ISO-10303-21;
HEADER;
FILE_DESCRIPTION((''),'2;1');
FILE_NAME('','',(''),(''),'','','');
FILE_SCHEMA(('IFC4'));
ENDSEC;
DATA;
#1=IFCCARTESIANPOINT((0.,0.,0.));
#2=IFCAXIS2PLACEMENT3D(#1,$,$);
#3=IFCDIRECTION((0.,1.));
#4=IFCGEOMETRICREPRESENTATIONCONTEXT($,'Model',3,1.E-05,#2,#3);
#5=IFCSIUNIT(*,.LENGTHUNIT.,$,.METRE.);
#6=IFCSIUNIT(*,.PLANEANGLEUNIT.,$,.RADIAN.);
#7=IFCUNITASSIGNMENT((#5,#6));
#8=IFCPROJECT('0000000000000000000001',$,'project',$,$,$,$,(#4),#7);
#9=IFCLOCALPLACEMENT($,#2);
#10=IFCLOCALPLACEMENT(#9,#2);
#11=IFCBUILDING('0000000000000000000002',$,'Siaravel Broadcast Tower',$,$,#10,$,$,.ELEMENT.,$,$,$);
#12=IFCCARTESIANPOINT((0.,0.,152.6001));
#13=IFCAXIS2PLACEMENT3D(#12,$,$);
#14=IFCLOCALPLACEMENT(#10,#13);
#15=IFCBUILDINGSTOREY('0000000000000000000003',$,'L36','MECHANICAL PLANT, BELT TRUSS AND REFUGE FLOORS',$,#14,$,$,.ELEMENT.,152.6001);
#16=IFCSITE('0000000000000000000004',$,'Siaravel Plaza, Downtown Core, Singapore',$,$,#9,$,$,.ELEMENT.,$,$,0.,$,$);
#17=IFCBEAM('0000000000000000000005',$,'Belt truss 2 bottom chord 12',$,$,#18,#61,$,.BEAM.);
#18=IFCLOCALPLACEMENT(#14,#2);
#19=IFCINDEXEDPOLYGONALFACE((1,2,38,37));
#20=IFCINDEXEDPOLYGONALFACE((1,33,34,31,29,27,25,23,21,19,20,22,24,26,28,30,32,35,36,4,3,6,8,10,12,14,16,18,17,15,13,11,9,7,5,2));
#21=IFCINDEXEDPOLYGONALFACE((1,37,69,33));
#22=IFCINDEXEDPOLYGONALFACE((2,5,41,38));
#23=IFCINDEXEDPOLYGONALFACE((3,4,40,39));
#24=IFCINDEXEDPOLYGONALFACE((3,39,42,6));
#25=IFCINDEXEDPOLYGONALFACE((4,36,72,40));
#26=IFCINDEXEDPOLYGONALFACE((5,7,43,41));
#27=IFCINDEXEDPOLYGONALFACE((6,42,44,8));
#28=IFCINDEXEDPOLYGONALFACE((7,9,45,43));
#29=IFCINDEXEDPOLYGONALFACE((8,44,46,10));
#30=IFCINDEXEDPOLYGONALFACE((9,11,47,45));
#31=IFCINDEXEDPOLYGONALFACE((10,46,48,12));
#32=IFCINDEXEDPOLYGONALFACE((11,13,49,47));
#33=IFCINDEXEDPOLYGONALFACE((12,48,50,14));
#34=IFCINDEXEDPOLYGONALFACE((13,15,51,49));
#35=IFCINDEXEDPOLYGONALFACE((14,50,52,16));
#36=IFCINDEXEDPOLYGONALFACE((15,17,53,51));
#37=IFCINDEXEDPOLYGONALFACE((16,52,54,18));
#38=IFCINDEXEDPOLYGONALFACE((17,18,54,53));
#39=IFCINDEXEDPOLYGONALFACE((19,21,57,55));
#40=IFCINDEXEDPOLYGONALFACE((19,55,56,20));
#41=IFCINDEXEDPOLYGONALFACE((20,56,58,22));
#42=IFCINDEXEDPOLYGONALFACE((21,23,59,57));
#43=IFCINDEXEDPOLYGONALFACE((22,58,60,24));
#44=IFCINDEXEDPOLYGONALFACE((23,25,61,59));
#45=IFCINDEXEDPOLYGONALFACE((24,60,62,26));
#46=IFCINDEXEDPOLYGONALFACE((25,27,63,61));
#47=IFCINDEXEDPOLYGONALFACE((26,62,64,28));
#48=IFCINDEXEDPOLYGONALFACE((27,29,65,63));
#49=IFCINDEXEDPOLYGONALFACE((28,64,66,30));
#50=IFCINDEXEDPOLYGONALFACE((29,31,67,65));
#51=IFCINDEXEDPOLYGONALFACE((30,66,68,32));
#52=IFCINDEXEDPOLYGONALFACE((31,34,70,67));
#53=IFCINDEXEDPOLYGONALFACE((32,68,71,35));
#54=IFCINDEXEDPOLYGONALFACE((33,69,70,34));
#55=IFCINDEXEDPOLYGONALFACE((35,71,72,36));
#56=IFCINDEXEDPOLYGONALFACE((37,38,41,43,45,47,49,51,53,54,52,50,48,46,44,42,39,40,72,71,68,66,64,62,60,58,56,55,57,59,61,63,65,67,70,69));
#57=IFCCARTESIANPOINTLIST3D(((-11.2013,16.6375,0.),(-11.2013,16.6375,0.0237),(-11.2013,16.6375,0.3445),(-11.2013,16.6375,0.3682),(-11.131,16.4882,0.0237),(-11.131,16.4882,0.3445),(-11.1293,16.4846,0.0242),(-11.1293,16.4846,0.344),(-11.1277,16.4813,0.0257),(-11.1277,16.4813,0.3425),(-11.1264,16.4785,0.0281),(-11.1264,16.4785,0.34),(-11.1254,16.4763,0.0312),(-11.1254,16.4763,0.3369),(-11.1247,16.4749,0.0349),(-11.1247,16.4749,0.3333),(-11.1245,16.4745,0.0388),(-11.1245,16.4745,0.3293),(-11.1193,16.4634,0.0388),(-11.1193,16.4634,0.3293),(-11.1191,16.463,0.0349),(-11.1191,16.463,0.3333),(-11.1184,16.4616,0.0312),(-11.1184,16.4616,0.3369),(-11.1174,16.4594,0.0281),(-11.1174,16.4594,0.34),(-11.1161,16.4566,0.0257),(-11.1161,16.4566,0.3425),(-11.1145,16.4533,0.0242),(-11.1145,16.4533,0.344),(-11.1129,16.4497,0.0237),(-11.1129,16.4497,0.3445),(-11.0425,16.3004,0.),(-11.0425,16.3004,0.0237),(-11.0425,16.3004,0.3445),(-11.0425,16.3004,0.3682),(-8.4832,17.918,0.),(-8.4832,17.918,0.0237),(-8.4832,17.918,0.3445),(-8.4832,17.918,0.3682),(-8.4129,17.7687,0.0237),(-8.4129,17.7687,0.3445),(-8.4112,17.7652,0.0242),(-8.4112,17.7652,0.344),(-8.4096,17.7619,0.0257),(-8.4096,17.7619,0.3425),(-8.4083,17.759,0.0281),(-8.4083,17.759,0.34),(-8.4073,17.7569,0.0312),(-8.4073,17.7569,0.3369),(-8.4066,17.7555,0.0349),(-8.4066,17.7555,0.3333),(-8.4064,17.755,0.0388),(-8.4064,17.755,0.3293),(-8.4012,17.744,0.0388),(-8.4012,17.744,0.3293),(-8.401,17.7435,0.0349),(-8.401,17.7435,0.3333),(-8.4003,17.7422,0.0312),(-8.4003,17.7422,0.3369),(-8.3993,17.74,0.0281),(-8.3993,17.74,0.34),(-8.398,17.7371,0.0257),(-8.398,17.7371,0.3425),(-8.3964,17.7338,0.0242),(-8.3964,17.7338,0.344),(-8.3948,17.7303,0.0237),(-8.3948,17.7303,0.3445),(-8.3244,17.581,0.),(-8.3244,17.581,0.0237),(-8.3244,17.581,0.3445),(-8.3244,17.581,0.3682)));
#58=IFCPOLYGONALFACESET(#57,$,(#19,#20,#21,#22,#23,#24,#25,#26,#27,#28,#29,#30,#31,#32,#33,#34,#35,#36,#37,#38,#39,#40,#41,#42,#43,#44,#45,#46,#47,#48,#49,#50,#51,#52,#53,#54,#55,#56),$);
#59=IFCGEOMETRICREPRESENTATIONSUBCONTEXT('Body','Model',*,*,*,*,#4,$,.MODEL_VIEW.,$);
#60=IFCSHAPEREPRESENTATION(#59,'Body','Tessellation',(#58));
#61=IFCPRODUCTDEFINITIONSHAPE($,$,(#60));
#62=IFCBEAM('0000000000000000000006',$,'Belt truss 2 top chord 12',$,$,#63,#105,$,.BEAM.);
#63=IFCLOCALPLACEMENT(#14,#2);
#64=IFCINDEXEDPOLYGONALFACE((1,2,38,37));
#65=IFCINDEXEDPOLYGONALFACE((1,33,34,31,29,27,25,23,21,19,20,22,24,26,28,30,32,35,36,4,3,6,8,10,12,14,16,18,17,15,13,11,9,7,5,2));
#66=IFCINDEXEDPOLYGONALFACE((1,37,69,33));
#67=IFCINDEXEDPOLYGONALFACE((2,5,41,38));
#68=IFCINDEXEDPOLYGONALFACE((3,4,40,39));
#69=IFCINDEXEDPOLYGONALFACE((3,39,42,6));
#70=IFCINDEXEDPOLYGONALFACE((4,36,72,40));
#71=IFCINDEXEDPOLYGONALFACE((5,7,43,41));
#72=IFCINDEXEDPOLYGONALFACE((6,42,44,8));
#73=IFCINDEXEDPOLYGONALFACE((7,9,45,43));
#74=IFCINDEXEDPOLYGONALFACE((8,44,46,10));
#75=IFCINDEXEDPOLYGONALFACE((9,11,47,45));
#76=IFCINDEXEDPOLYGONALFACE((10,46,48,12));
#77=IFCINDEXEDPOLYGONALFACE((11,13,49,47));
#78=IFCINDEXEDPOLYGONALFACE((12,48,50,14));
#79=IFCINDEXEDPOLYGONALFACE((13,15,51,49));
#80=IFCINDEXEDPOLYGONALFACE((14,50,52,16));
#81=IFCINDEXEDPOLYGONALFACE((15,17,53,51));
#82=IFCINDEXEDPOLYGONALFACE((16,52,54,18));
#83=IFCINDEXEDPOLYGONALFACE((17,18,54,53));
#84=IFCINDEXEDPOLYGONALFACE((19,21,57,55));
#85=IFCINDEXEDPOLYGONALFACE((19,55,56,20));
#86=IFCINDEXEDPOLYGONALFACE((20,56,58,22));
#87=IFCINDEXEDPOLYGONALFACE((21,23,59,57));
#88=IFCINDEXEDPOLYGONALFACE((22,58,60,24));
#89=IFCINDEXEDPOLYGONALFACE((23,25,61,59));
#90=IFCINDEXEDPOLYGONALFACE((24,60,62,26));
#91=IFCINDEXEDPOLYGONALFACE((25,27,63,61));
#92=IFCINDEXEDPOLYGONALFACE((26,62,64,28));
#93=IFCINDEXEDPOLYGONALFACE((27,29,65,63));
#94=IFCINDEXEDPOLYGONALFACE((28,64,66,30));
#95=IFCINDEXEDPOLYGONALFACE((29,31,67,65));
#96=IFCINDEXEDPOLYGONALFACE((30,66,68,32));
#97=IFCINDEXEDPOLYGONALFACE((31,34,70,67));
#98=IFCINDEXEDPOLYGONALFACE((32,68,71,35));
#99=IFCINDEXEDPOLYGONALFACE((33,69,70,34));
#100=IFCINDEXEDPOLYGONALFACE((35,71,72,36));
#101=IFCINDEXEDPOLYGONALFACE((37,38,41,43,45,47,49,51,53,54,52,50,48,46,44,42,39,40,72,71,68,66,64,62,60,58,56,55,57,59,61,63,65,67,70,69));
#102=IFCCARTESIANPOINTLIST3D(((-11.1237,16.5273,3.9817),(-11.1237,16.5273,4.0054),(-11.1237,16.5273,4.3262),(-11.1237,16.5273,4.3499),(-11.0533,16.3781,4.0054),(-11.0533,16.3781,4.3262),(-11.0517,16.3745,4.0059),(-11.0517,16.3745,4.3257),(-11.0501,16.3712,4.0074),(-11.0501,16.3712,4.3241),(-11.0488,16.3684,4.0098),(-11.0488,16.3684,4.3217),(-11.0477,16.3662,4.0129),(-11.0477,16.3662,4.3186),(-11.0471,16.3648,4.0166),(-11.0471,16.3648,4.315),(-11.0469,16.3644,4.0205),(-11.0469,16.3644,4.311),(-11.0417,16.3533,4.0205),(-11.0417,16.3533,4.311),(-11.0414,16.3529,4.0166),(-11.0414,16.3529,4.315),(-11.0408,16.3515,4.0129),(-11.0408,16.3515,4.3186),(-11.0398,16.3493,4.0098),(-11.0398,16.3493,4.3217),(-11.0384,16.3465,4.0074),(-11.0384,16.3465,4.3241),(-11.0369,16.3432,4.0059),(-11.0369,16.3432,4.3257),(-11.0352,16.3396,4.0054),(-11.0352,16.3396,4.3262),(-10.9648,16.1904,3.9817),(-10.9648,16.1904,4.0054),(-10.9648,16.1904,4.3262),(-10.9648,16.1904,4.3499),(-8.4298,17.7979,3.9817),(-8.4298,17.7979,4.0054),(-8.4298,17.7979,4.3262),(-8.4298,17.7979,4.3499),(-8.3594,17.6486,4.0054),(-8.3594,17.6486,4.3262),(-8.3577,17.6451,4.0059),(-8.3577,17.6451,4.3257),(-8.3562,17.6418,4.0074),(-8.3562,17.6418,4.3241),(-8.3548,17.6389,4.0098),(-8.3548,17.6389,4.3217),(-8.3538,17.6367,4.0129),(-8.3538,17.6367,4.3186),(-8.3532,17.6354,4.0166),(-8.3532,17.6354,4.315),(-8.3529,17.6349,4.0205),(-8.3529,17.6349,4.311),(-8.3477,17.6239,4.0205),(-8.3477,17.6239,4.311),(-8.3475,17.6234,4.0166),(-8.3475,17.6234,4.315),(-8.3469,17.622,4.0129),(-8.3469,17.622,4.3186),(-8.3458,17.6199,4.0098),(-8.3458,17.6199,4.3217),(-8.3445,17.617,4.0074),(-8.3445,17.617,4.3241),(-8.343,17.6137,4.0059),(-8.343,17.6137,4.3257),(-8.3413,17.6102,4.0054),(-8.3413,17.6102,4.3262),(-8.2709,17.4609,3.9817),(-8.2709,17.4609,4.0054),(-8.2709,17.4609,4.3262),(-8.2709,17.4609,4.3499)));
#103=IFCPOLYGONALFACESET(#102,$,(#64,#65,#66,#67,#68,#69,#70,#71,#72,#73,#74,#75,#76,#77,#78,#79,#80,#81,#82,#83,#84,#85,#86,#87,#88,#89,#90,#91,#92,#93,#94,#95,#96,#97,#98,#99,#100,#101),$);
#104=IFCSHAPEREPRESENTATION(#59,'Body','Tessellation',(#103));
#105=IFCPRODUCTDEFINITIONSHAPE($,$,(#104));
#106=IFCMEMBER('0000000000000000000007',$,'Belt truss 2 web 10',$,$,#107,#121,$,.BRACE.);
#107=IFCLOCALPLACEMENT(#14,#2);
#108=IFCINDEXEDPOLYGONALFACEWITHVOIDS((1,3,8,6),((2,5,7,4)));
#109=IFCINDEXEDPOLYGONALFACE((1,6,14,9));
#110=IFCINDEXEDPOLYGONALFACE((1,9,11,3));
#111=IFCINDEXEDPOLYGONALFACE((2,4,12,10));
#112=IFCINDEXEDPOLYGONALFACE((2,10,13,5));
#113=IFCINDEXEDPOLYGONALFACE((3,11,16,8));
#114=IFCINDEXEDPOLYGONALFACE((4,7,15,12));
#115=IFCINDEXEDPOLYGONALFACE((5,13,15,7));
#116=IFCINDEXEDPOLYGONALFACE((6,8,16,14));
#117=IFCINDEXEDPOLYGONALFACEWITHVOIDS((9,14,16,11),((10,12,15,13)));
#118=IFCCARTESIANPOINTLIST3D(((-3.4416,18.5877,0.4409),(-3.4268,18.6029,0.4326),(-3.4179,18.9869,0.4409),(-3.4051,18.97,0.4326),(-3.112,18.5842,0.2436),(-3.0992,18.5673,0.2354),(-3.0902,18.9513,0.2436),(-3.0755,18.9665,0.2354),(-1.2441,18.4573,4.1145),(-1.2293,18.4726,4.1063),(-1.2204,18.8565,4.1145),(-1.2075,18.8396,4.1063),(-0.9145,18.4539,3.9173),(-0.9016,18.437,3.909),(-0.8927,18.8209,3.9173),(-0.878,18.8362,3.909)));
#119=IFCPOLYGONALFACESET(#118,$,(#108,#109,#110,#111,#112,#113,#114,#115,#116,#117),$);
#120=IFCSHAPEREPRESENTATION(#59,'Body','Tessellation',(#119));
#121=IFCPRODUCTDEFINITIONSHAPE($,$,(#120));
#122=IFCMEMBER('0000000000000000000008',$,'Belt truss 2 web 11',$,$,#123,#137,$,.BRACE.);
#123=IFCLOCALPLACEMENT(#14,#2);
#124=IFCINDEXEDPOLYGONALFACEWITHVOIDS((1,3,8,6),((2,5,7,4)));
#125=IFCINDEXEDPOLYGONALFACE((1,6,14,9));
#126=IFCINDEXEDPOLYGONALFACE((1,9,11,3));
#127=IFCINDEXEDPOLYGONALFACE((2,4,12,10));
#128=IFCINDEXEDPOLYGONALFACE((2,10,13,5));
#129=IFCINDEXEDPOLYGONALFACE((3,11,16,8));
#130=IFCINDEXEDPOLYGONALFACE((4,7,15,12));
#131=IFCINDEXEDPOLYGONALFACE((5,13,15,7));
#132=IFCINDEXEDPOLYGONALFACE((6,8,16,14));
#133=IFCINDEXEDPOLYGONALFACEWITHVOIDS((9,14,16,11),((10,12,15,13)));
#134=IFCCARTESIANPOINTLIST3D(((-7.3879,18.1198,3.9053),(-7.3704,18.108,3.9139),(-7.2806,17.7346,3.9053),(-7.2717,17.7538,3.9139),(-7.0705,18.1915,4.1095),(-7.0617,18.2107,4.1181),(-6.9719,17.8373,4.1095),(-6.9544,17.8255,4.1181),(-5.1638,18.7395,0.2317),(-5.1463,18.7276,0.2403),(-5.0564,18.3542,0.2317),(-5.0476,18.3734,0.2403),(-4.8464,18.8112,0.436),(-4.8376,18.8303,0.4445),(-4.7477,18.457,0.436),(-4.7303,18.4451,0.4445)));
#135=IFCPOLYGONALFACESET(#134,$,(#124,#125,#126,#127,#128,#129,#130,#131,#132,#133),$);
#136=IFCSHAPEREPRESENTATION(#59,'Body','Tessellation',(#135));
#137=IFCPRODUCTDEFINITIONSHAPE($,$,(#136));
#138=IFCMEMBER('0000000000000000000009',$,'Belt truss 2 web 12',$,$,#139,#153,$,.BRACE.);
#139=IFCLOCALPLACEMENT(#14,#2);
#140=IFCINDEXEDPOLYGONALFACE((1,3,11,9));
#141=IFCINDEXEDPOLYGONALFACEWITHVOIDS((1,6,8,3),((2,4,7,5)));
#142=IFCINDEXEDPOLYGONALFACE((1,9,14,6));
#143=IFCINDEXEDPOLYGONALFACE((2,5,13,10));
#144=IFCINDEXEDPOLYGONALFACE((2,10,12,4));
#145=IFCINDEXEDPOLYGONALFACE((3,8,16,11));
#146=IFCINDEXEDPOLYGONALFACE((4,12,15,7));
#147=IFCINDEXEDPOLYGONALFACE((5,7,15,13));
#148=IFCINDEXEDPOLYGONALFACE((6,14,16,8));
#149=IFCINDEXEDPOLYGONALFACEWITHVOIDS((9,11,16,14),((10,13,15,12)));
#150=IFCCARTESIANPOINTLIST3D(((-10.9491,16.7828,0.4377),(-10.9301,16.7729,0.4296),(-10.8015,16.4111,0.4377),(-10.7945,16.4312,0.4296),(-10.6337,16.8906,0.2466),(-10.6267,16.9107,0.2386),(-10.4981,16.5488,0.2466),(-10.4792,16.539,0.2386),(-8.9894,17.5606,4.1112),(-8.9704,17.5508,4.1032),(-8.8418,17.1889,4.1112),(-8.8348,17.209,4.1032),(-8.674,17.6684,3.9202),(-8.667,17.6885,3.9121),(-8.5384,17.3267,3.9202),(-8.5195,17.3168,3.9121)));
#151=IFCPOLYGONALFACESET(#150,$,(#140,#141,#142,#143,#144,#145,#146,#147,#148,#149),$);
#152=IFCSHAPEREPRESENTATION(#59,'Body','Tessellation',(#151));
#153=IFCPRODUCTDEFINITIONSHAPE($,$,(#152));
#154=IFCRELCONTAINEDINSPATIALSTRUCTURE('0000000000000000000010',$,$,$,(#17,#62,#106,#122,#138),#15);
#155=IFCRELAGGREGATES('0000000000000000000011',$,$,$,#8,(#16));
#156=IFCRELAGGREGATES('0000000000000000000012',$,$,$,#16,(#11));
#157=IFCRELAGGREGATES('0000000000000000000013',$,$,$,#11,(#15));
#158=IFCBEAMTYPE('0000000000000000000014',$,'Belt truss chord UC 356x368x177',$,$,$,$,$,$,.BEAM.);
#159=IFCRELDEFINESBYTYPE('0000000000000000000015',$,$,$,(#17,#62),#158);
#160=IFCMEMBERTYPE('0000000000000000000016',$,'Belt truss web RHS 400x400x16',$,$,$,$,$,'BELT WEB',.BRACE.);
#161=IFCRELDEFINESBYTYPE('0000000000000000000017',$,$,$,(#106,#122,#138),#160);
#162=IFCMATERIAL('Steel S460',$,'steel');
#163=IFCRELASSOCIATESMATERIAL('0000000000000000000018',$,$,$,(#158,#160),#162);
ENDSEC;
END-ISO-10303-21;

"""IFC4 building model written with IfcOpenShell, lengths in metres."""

from ifc_helpers import new_model, si_unit, direction, frame, origin, origin_2d, place, context, subcontext, project, spatial, hollow_rectangle, i_section, extrude, material, material_profile, profile_set, type_object, element, save


model = new_model("IFC4")

# Units and contexts
model_context = context("Model", 3, precision=1e-05, world=origin(), true_north=direction((0.0, 1.0)))
body_context = subcontext(model_context, "Body", "Model", "MODEL_VIEW")
ifc_project = project(units=[si_unit("LENGTHUNIT", "METRE"), si_unit("PLANEANGLEUNIT", "RADIAN")], contexts=[model_context])

# Site, building, storey
site_placement = place(None, origin())
site = spatial("IfcSite", under=ifc_project, at=site_placement, Name="Siaravel Plaza, Downtown Core, Singapore", CompositionType="ELEMENT", RefElevation=0.0)
building_placement = place(site_placement, origin())
building = spatial("IfcBuilding", under=site, at=building_placement, Name="Siaravel Broadcast Tower", CompositionType="ELEMENT")
storey_placement = place(building_placement, frame((0.0, 0.0, 152.6001)))
storey = spatial("IfcBuildingStorey", under=building, at=storey_placement, Name="L36", Description="MECHANICAL PLANT, BELT TRUSS AND REFUGE FLOORS", CompositionType="ELEMENT", Elevation=152.6001)

# Beams
ifc_material_1 = material(Name="Steel S460", Category="steel")
ifc_material_profile_1 = material_profile(ifc_material_1, i_section(OverallWidth=0.3726, OverallDepth=0.3682, WebThickness=0.0122, FlangeThickness=0.0237, FilletRadius=0.0151, at=origin_2d()))
ifc_profile_set_1 = profile_set([ifc_material_profile_1], Name="Steel S460")
beam_type_1 = type_object("IfcBeamType", Name="Belt truss chord UC 356x368x177", PredefinedType="BEAM", material=ifc_profile_set_1)
beam_1_placement = place(storey_placement, frame((-8.4038, 17.7495, 0.1841), z_axis=(-0.904633, -0.426192, 0.0), x_axis=(0.426192, -0.904633, 0.0)))
element("IfcBeam", 1, at=beam_1_placement, inside=storey, type_object=beam_type_1, Name="Belt truss 2 bottom chord 12", PredefinedType="BEAM", context=body_context, shape_type="SweptSolid", body=[
    extrude(i_section(OverallWidth=0.3726, OverallDepth=0.3682, WebThickness=0.0122, FlangeThickness=0.0237, FilletRadius=0.0151, at=origin_2d()), origin(), (0.0, 0.0, 1.0), 3.0046),
])
beam_2_placement = place(storey_placement, frame((-8.3503, 17.6294, 4.1658), z_axis=(-0.904454, -0.426571, 0.0), x_axis=(0.426571, -0.904454, 0.0)))
element("IfcBeam", 2, at=beam_2_placement, inside=storey, type_object=beam_type_1, Name="Belt truss 2 top chord 12", PredefinedType="BEAM", context=body_context, shape_type="SweptSolid", body=[
    extrude(i_section(OverallWidth=0.3726, OverallDepth=0.3682, WebThickness=0.0122, FlangeThickness=0.0237, FilletRadius=0.0151, at=origin_2d()), origin(), (0.0, 0.0, 1.0), 2.9785),
])

# Members
ifc_material_profile_2 = material_profile(ifc_material_1, hollow_rectangle(XDim=0.3999, YDim=0.3999, WallThickness=0.0161, at=origin_2d()))
ifc_profile_set_2 = profile_set([ifc_material_profile_2], Name="Steel S460")
member_type_1 = type_object("IfcMemberType", Name="Belt truss web RHS 400x400x16", ElementType="BELT WEB", PredefinedType="BRACE", material=ifc_profile_set_2)
member_1_placement = place(storey_placement, frame((-3.2585, 18.7771, 0.3381), z_axis=(0.513117, -0.030442, 0.857779), x_axis=(0.059223, 0.998245, 0.0)))
element("IfcMember", 3, at=member_1_placement, inside=storey, type_object=member_type_1, Name="Belt truss 2 web 10", PredefinedType="BRACE", context=body_context, shape_type="SweptSolid", body=[
    extrude(hollow_rectangle(XDim=0.3999, YDim=0.3999, WallThickness=0.0161, at=origin_2d()), origin(), (0.0, 0.0, 1.0), 4.2827),
])
member_2_placement = place(storey_placement, frame((-4.947, 18.5923, 0.3381), z_axis=(-0.512603, -0.142809, 0.846667), x_axis=(0.268375, -0.963315, 0.0)))
element("IfcMember", 4, at=member_2_placement, inside=storey, type_object=member_type_1, Name="Belt truss 2 web 11", PredefinedType="BRACE", context=body_context, shape_type="SweptSolid", body=[
    extrude(hollow_rectangle(XDim=0.3999, YDim=0.3999, WallThickness=0.0161, at=origin_2d()), origin(), (0.0, 0.0, 1.0), 4.3389),
])
member_3_placement = place(storey_placement, frame((-10.7141, 16.6609, 0.3381), z_axis=(0.462672, 0.183639, 0.867301), x_axis=(-0.368914, 0.929464, 0.0)))
element("IfcMember", 5, at=member_3_placement, inside=storey, type_object=member_type_1, Name="Belt truss 2 web 12", PredefinedType="BRACE", context=body_context, shape_type="SweptSolid", body=[
    extrude(hollow_rectangle(XDim=0.3999, YDim=0.3999, WallThickness=0.0161, at=origin_2d()), origin(), (0.0, 0.0, 1.0), 4.2356),
])

save(model, "model.ifc")
